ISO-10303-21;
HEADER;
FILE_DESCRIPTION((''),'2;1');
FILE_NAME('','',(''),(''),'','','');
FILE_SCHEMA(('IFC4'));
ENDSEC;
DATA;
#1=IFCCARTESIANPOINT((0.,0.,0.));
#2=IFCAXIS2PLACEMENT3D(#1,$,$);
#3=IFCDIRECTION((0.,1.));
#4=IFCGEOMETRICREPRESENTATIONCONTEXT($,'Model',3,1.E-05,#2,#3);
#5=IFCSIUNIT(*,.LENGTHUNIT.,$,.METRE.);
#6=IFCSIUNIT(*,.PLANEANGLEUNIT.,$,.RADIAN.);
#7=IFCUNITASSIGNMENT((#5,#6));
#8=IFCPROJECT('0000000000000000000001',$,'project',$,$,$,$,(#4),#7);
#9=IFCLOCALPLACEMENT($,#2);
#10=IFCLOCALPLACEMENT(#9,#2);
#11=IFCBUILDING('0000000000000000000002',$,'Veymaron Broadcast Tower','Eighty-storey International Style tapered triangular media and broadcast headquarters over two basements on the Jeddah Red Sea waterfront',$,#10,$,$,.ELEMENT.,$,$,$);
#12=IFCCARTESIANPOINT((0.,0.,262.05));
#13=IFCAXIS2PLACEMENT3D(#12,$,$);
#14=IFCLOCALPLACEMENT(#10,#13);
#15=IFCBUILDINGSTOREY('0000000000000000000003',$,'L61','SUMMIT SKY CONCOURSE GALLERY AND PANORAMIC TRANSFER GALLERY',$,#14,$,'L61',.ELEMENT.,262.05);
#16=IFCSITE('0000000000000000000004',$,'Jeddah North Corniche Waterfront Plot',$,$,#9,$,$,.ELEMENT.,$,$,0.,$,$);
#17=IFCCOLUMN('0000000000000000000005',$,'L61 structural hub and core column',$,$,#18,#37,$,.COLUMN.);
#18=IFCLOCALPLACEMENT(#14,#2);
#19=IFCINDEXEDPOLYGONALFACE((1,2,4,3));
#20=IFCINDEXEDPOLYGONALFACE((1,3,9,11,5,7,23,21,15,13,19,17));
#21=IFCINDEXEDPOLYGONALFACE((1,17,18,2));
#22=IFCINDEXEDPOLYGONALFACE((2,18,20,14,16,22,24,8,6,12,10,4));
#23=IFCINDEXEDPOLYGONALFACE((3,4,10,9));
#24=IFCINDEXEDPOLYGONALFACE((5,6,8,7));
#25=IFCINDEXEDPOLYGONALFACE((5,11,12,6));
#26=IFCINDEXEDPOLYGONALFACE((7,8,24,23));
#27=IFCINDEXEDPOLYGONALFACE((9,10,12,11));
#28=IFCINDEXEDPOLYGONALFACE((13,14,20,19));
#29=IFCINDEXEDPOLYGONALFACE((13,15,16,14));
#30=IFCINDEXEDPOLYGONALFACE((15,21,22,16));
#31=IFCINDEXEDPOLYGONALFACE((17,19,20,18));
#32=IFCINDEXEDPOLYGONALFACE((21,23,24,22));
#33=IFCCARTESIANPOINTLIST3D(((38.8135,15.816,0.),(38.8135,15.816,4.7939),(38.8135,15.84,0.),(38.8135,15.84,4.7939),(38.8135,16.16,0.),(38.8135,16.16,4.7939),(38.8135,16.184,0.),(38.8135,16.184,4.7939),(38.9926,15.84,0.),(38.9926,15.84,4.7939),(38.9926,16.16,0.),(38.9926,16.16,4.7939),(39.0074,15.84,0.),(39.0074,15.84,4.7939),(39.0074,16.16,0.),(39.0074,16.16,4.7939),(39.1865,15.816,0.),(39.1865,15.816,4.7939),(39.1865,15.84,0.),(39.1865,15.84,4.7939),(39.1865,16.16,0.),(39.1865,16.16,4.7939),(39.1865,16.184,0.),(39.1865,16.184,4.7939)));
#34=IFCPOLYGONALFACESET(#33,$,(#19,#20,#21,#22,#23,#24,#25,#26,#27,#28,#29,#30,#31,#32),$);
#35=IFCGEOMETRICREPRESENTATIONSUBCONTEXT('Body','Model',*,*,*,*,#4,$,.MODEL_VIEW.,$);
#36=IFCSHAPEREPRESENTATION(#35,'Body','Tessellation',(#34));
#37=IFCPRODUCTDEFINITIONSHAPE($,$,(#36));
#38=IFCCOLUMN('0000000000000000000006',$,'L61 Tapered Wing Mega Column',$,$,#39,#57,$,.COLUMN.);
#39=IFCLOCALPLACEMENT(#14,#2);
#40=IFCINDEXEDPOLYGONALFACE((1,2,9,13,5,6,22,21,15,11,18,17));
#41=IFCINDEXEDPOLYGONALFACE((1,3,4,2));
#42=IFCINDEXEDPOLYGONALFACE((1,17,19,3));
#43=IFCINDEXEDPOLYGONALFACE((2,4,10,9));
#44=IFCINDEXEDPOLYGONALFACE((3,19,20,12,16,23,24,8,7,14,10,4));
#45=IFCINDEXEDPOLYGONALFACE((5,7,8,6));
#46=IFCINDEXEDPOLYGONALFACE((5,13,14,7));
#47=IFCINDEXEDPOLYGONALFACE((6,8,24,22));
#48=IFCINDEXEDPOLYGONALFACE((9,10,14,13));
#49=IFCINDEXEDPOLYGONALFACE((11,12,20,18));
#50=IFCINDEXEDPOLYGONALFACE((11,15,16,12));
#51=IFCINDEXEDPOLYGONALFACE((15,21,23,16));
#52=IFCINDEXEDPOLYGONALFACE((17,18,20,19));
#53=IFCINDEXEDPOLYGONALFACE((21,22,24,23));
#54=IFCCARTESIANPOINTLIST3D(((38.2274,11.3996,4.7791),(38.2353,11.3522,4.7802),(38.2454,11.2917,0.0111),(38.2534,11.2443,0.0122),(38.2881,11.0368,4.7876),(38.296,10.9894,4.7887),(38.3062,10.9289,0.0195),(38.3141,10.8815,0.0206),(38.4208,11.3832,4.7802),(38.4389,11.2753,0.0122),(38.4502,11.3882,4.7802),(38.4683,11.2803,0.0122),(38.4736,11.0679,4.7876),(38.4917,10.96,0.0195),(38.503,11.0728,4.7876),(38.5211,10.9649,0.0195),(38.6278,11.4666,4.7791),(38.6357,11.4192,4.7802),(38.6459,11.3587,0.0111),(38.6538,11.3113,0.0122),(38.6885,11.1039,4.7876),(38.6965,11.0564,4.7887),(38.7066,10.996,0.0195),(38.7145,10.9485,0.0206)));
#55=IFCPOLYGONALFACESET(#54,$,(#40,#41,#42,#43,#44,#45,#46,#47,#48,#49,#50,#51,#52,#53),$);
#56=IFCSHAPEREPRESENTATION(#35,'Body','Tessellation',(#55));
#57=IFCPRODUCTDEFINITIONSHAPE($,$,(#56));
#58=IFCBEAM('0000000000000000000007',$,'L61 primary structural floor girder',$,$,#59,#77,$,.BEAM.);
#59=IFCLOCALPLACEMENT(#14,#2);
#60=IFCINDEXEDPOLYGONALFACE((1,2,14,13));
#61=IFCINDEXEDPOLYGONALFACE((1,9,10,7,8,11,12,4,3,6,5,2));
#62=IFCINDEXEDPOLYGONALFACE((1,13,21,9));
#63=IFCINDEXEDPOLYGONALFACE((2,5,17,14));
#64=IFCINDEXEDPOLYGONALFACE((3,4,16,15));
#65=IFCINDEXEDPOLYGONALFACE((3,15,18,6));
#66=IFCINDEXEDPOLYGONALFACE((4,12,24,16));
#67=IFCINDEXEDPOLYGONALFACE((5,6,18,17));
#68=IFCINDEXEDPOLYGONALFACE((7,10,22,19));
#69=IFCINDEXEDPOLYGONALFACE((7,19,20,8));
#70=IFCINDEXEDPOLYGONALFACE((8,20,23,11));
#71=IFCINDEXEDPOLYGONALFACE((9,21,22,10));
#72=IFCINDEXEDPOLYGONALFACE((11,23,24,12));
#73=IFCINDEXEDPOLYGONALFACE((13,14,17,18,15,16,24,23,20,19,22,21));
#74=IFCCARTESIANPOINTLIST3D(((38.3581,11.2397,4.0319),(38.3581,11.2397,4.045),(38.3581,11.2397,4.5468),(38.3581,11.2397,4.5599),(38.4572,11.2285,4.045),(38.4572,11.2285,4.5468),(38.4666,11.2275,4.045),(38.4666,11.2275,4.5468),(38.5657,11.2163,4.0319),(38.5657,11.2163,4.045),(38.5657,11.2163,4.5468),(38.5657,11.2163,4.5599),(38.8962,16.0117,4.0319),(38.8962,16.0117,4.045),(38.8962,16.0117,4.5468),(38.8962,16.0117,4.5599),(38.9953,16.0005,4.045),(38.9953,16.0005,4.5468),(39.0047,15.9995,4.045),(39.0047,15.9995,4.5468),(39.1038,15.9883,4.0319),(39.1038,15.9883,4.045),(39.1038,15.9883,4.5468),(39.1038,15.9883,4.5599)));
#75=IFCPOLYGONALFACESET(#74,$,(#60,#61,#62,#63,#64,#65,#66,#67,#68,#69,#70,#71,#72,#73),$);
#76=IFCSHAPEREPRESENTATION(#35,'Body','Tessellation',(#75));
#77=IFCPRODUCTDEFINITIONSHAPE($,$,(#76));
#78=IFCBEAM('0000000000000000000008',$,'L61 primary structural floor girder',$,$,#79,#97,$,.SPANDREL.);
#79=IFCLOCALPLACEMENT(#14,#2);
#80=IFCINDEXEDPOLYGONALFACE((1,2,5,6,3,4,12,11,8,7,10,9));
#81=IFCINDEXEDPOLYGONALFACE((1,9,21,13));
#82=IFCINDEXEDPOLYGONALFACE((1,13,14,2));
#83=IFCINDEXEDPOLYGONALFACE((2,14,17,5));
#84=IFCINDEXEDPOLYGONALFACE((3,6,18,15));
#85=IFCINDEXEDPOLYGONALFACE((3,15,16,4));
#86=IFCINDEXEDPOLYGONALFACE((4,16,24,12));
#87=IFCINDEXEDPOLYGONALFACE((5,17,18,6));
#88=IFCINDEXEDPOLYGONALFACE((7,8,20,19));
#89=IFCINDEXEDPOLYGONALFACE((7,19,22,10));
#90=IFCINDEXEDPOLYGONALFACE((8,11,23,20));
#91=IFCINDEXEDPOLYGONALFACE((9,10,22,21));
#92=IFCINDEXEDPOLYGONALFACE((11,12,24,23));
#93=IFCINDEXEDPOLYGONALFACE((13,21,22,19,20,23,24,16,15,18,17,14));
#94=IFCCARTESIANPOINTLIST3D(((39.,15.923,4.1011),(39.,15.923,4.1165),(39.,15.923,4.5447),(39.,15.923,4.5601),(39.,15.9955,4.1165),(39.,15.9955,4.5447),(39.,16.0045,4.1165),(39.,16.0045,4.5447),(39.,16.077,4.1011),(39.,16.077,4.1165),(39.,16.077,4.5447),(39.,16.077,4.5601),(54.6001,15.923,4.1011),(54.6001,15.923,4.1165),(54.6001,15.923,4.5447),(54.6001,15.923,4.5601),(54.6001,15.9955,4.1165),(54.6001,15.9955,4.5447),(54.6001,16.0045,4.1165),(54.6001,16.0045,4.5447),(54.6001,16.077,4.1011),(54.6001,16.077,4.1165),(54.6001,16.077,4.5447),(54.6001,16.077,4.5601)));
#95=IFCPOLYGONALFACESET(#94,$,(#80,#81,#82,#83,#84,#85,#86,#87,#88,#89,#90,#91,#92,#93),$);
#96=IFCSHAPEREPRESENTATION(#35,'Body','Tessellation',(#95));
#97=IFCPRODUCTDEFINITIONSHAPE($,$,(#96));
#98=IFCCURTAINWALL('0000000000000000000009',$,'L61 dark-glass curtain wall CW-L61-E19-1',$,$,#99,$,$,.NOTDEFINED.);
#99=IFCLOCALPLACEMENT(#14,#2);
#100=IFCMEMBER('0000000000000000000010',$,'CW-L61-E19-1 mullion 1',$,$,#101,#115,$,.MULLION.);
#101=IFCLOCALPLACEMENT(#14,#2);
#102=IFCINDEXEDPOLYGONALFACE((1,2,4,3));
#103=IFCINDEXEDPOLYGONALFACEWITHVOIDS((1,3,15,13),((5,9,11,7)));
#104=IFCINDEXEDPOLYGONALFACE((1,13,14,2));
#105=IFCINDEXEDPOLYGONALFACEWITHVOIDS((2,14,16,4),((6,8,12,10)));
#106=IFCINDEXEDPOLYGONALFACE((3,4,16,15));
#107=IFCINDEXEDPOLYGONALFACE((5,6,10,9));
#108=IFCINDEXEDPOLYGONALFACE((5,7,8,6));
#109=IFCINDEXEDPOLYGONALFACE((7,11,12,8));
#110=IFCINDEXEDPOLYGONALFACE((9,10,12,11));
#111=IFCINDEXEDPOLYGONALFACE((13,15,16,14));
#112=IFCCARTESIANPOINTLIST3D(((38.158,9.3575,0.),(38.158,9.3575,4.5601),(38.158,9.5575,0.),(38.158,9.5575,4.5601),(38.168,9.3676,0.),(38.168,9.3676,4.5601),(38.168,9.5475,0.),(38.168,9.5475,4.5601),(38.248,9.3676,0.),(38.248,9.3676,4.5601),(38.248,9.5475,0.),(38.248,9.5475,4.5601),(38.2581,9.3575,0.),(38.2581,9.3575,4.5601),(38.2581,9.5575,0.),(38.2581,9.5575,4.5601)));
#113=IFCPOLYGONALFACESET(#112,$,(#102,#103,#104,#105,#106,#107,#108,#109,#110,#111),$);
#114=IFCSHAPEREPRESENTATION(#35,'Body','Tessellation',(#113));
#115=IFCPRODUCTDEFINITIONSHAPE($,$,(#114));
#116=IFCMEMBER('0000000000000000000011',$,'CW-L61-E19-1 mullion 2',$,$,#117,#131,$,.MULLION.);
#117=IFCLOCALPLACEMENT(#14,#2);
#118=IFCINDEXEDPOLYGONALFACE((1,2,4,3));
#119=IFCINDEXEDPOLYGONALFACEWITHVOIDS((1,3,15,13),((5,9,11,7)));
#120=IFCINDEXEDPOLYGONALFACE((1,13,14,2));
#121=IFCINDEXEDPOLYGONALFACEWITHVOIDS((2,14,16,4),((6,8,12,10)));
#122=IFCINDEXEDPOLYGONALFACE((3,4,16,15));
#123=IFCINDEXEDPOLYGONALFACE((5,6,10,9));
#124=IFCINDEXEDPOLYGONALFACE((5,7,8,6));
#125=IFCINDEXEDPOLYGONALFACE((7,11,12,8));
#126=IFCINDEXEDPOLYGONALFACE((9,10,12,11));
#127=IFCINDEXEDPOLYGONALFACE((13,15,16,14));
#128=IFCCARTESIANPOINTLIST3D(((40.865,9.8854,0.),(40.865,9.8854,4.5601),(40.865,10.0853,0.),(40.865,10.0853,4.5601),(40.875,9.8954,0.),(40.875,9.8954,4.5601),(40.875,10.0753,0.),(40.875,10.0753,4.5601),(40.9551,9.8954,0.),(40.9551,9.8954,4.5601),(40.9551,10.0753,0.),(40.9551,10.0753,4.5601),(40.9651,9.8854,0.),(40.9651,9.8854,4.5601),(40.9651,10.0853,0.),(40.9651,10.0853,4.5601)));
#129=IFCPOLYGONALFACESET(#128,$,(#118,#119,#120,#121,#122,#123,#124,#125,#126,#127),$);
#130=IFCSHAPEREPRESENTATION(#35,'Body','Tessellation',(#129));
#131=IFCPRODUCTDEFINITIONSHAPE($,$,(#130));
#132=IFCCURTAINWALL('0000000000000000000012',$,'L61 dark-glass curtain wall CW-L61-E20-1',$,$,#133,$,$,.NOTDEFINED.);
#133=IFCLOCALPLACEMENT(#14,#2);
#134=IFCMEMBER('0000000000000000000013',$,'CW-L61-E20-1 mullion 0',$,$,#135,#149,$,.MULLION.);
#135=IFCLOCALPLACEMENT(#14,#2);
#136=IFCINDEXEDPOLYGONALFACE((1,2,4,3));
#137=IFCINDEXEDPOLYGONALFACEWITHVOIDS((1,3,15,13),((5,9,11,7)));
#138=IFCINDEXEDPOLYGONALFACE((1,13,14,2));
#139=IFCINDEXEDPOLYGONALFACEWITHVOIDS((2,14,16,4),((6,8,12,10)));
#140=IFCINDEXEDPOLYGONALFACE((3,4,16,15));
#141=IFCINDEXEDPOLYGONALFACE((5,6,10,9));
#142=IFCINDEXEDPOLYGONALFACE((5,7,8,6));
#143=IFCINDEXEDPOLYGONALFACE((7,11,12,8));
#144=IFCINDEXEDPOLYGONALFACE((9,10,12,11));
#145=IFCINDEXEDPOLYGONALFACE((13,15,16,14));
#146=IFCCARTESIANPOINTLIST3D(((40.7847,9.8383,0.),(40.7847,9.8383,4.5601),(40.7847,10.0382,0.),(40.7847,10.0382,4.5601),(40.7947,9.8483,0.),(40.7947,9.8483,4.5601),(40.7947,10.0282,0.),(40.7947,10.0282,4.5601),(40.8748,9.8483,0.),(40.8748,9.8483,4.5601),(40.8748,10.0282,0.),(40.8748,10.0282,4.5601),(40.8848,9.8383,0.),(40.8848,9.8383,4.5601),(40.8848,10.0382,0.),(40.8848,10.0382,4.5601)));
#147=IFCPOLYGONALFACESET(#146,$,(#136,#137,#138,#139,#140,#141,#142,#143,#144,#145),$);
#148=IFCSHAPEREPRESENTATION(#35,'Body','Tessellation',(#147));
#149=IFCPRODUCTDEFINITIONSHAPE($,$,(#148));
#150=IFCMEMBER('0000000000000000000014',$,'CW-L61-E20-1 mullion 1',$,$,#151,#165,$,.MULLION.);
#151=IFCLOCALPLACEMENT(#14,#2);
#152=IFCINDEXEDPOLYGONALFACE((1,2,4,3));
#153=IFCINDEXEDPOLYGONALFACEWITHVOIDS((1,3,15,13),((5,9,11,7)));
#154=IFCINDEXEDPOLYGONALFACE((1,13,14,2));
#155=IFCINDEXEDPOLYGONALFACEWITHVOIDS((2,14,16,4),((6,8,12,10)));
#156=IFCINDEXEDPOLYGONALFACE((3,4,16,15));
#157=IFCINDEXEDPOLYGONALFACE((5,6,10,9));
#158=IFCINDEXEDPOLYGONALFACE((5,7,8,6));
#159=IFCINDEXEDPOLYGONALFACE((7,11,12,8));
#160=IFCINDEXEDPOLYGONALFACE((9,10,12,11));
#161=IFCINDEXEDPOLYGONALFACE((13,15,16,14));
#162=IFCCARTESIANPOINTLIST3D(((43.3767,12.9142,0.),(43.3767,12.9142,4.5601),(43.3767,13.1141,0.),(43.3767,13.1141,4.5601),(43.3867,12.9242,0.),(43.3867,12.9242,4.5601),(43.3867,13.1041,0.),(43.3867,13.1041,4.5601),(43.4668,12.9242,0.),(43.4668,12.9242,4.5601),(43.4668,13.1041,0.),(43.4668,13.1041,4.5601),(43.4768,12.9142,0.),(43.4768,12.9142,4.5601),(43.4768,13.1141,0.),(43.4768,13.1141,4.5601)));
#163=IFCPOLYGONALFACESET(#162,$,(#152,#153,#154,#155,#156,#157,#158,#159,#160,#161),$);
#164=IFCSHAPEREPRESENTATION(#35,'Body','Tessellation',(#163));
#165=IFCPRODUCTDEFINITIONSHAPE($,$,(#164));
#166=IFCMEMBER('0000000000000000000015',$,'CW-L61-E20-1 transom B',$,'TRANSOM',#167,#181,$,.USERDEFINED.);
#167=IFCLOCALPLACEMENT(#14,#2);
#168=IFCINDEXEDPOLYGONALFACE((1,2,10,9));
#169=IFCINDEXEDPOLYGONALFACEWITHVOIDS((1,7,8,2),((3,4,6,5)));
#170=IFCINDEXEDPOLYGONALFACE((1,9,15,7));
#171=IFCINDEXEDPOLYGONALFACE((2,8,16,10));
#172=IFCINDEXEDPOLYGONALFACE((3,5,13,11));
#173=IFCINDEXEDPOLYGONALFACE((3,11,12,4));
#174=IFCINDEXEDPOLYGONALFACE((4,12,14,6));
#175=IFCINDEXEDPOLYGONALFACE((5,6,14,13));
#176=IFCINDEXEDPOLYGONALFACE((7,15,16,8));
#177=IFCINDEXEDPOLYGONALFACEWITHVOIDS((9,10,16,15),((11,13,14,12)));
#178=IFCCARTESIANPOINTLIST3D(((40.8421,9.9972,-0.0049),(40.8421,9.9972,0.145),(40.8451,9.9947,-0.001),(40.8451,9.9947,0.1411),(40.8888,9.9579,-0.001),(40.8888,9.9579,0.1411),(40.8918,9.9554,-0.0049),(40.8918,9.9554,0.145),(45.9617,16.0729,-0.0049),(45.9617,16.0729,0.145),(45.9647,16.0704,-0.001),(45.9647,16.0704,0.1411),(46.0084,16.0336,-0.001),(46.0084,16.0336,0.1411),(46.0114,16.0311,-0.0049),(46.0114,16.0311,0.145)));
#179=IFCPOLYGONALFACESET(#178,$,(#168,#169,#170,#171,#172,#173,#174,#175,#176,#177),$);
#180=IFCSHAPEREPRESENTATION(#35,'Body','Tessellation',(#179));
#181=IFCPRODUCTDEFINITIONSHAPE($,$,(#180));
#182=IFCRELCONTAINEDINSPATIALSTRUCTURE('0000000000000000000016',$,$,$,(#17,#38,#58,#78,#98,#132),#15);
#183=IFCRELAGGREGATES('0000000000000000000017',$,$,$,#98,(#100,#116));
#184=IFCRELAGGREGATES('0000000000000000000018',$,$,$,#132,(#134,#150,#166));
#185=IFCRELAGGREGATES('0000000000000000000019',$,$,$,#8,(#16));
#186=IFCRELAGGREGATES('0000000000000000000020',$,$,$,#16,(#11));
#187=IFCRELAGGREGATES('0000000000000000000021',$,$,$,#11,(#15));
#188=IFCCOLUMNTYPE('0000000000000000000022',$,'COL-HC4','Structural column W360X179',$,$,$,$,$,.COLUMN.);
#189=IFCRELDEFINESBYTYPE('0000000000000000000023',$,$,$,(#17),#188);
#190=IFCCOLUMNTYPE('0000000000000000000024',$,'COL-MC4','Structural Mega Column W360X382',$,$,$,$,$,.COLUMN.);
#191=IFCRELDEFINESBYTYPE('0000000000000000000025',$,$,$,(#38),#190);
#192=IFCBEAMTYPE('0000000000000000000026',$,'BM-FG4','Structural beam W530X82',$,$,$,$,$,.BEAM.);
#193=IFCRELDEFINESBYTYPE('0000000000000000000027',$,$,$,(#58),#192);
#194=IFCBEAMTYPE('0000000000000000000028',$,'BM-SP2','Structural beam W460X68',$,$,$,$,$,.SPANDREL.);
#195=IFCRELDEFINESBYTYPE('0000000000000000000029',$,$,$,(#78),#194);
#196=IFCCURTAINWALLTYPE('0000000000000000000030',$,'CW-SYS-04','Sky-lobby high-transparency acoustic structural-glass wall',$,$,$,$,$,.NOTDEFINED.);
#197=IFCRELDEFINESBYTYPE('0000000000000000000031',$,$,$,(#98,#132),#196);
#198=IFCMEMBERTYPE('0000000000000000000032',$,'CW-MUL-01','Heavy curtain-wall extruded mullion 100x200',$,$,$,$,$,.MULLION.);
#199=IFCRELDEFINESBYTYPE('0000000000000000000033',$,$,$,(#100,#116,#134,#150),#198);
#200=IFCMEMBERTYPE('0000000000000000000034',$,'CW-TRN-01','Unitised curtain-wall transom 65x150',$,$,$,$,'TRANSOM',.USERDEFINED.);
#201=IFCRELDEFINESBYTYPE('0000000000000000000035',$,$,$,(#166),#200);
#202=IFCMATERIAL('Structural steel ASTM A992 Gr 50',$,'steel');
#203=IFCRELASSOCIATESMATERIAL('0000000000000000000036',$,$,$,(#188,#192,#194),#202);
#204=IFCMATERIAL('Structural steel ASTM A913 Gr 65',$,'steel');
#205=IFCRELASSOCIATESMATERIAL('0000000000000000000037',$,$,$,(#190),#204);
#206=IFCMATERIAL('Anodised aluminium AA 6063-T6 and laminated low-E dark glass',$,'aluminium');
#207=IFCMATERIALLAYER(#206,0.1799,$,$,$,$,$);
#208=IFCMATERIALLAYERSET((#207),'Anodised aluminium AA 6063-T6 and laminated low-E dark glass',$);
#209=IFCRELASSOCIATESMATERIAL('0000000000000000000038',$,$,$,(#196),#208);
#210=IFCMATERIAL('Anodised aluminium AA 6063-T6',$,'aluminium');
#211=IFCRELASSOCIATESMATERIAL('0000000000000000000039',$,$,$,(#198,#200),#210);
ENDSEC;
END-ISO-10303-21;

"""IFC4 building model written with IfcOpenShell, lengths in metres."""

from ifc_helpers import new_model, si_unit, direction, frame, origin, origin_2d, place, context, subcontext, project, spatial, hollow_rectangle, i_section, extrude, material, layer, layer_set, material_profile, profile_set, type_object, element, aggregate, save


model = new_model("IFC4")

# Units and contexts
model_context = context("Model", 3, precision=1e-05, world=origin(), true_north=direction((0.0, 1.0)))
body_context = subcontext(model_context, "Body", "Model", "MODEL_VIEW")
ifc_project = project(units=[si_unit("LENGTHUNIT", "METRE"), si_unit("PLANEANGLEUNIT", "RADIAN")], contexts=[model_context])

# Site, building, storey
site_placement = place(None, origin())
site = spatial("IfcSite", under=ifc_project, at=site_placement, Name="Jeddah North Corniche Waterfront Plot", CompositionType="ELEMENT", RefElevation=0.0)
building_placement = place(site_placement, origin())
building = spatial("IfcBuilding", under=site, at=building_placement, Name="Veymaron Broadcast Tower", Description="Eighty-storey International Style tapered triangular media and broadcast headquarters over two basements on the Jeddah Red Sea waterfront", CompositionType="ELEMENT")
storey_placement = place(building_placement, frame((0.0, 0.0, 262.05)))
storey = spatial("IfcBuildingStorey", under=building, at=storey_placement, Name="L61", Description="SUMMIT SKY CONCOURSE GALLERY AND PANORAMIC TRANSFER GALLERY", LongName="L61", CompositionType="ELEMENT", Elevation=262.05)

# Columns
ifc_material_1 = material(Name="Structural steel ASTM A992 Gr 50", Category="steel")
ifc_material_profile_1 = material_profile(ifc_material_1, i_section(OverallWidth=0.373, OverallDepth=0.3679, WebThickness=0.0149, FlangeThickness=0.0239, at=origin_2d()), Name="W360X179")
ifc_profile_set_1 = profile_set([ifc_material_profile_1], Name="Structural steel ASTM A992 Gr 50")
column_type_1 = type_object("IfcColumnType", Name="COL-HC4", Description="Structural column W360X179", PredefinedType="COLUMN", material=ifc_profile_set_1)
column_1_placement = place(storey_placement, frame((39.0, 16.0, 0.0), z_axis=(0.0, 0.0, 1.0), x_axis=(1.0, 0.0, 0.0)))
element("IfcColumn", 1, at=column_1_placement, inside=storey, type_object=column_type_1, Name="L61 structural hub and core column", PredefinedType="COLUMN", context=body_context, shape_type="SweptSolid", body=[
    extrude(i_section(OverallWidth=0.373, OverallDepth=0.3679, WebThickness=0.0149, FlangeThickness=0.0239, at=origin_2d()), origin(), (0.0, 0.0, 1.0), 4.7939),
])
ifc_material_2 = material(Name="Structural steel ASTM A913 Gr 65", Category="steel")
ifc_material_profile_2 = material_profile(ifc_material_2, i_section(OverallWidth=0.406, OverallDepth=0.416, WebThickness=0.0298, FlangeThickness=0.0481, at=origin_2d()), Name="W360X382")
ifc_profile_set_2 = profile_set([ifc_material_profile_2], Name="Structural steel ASTM A913 Gr 65")
column_type_2 = type_object("IfcColumnType", Name="COL-MC4", Description="Structural Mega Column W360X382", PredefinedType="COLUMN", material=ifc_profile_set_2)
column_2_placement = place(storey_placement, frame((38.48, 11.1201, 0.0159), z_axis=(-0.003788, 0.022626, 0.999737), x_axis=(-0.986273, -0.165123, 0.0)))
element("IfcColumn", 2, at=column_2_placement, inside=storey, type_object=column_type_2, Name="L61 Tapered Wing Mega Column", PredefinedType="COLUMN", context=body_context, shape_type="SweptSolid", body=[
    extrude(i_section(OverallWidth=0.406, OverallDepth=0.416, WebThickness=0.0298, FlangeThickness=0.0481, at=origin_2d()), origin(), (0.0, 0.0, 1.0), 4.7693),
])

# Beams
ifc_material_profile_3 = material_profile(ifc_material_1, i_section(OverallWidth=0.209, OverallDepth=0.5281, WebThickness=0.0095, FlangeThickness=0.0132, at=origin_2d()), Name="W530X82")
ifc_profile_set_3 = profile_set([ifc_material_profile_3], Name="Structural steel ASTM A992 Gr 50")
beam_type_1 = type_object("IfcBeamType", Name="BM-FG4", Description="Structural beam W530X82", PredefinedType="BEAM", material=ifc_profile_set_3)
beam_1_placement = place(storey_placement, frame((39.0, 16.0, 4.2959), z_axis=(-0.11205, -0.993703, 0.0), x_axis=(0.993703, -0.11205, 0.0)))
element("IfcBeam", 3, at=beam_1_placement, inside=storey, type_object=beam_type_1, Name="L61 primary structural floor girder", PredefinedType="BEAM", context=body_context, shape_type="SweptSolid", body=[
    extrude(i_section(OverallWidth=0.209, OverallDepth=0.5281, WebThickness=0.0095, FlangeThickness=0.0132, at=origin_2d()), origin(), (0.0, 0.0, 1.0), 4.8022),
])
ifc_material_profile_4 = material_profile(ifc_material_1, i_section(OverallWidth=0.1541, OverallDepth=0.459, WebThickness=0.009, FlangeThickness=0.0154, at=origin_2d()), Name="W460X68")
ifc_profile_set_4 = profile_set([ifc_material_profile_4], Name="Structural steel ASTM A992 Gr 50")
beam_type_2 = type_object("IfcBeamType", Name="BM-SP2", Description="Structural beam W460X68", PredefinedType="SPANDREL", material=ifc_profile_set_4)
beam_2_placement = place(storey_placement, frame((39.0, 16.0, 4.3306), z_axis=(1.0, 0.0, 0.0), x_axis=(0.0, 1.0, 0.0)))
element("IfcBeam", 4, at=beam_2_placement, inside=storey, type_object=beam_type_2, Name="L61 primary structural floor girder", PredefinedType="SPANDREL", context=body_context, shape_type="SweptSolid", body=[
    extrude(i_section(OverallWidth=0.1541, OverallDepth=0.459, WebThickness=0.009, FlangeThickness=0.0154, at=origin_2d()), origin(), (0.0, 0.0, 1.0), 15.6001),
])

# Curtain walls, members
ifc_material_3 = material(Name="Anodised aluminium AA 6063-T6 and laminated low-E dark glass", Category="aluminium")
ifc_layer_1 = layer(ifc_material_3, 0.1799)
ifc_layer_set_1 = layer_set([ifc_layer_1], Name="Anodised aluminium AA 6063-T6 and laminated low-E dark glass")
curtain_wall_type = type_object("IfcCurtainWallType", Name="CW-SYS-04", Description="Sky-lobby high-transparency acoustic structural-glass wall", PredefinedType="NOTDEFINED", material=ifc_layer_set_1)
curtain_wall_1_placement = place(storey_placement, origin())
curtain_wall_1 = element("IfcCurtainWall", 5, at=curtain_wall_1_placement, inside=storey, type_object=curtain_wall_type, Name="L61 dark-glass curtain wall CW-L61-E19-1", PredefinedType="NOTDEFINED")
ifc_material_4 = material(Name="Anodised aluminium AA 6063-T6", Category="aluminium")
ifc_material_profile_5 = material_profile(ifc_material_4, hollow_rectangle(XDim=0.1001, YDim=0.2, WallThickness=0.01, at=origin_2d()), Name="RHS200X100X10")
ifc_profile_set_5 = profile_set([ifc_material_profile_5], Name="Anodised aluminium AA 6063-T6")
member_type_1 = type_object("IfcMemberType", Name="CW-MUL-01", Description="Heavy curtain-wall extruded mullion 100x200", PredefinedType="MULLION", material=ifc_profile_set_5)
member_1_placement = place(storey_placement, frame((38.208, 9.4575, 0.0), z_axis=(0.0, 0.0, 1.0), x_axis=(1.0, 0.0, 0.0)))
member_1 = element("IfcMember", 6, at=member_1_placement, type_object=member_type_1, Name="CW-L61-E19-1 mullion 1", PredefinedType="MULLION", context=body_context, shape_type="SweptSolid", body=[
    extrude(hollow_rectangle(XDim=0.1001, YDim=0.2, WallThickness=0.01, at=origin_2d()), origin(), (0.0, 0.0, 1.0), 4.5601),
])
member_2_placement = place(storey_placement, frame((40.915, 9.9854, 0.0), z_axis=(0.0, 0.0, 1.0), x_axis=(1.0, 0.0, 0.0)))
member_2 = element("IfcMember", 7, at=member_2_placement, type_object=member_type_1, Name="CW-L61-E19-1 mullion 2", PredefinedType="MULLION", context=body_context, shape_type="SweptSolid", body=[
    extrude(hollow_rectangle(XDim=0.1001, YDim=0.2, WallThickness=0.01, at=origin_2d()), origin(), (0.0, 0.0, 1.0), 4.5601),
])
curtain_wall_2_placement = place(storey_placement, origin())
curtain_wall_2 = element("IfcCurtainWall", 8, at=curtain_wall_2_placement, inside=storey, type_object=curtain_wall_type, Name="L61 dark-glass curtain wall CW-L61-E20-1", PredefinedType="NOTDEFINED")
member_3_placement = place(storey_placement, frame((40.8347, 9.9382, 0.0), z_axis=(0.0, 0.0, 1.0), x_axis=(1.0, 0.0, 0.0)))
member_3 = element("IfcMember", 9, at=member_3_placement, type_object=member_type_1, Name="CW-L61-E20-1 mullion 0", PredefinedType="MULLION", context=body_context, shape_type="SweptSolid", body=[
    extrude(hollow_rectangle(XDim=0.1001, YDim=0.2, WallThickness=0.01, at=origin_2d()), origin(), (0.0, 0.0, 1.0), 4.5601),
])
member_4_placement = place(storey_placement, frame((43.4268, 13.0142, 0.0), z_axis=(0.0, 0.0, 1.0), x_axis=(1.0, 0.0, 0.0)))
member_4 = element("IfcMember", 10, at=member_4_placement, type_object=member_type_1, Name="CW-L61-E20-1 mullion 1", PredefinedType="MULLION", context=body_context, shape_type="SweptSolid", body=[
    extrude(hollow_rectangle(XDim=0.1001, YDim=0.2, WallThickness=0.01, at=origin_2d()), origin(), (0.0, 0.0, 1.0), 4.5601),
])
ifc_material_profile_6 = material_profile(ifc_material_4, hollow_rectangle(XDim=0.0649, YDim=0.1499, WallThickness=0.0039, at=origin_2d()), Name="AL150X65X4")
ifc_profile_set_6 = profile_set([ifc_material_profile_6], Name="Anodised aluminium AA 6063-T6")
member_type_2 = type_object("IfcMemberType", Name="CW-TRN-01", Description="Unitised curtain-wall transom 65x150", ElementType="TRANSOM", PredefinedType="USERDEFINED", material=ifc_profile_set_6)
member_5_placement = place(storey_placement, frame((40.8669, 9.9763, 0.0701), z_axis=(0.644376, 0.764709, 0.0), x_axis=(-0.764709, 0.644376, 0.0)))
member_5 = element("IfcMember", 11, at=member_5_placement, type_object=member_type_2, Name="CW-L61-E20-1 transom B", ObjectType="TRANSOM", PredefinedType="USERDEFINED", context=body_context, shape_type="SweptSolid", body=[
    extrude(hollow_rectangle(XDim=0.0649, YDim=0.1499, WallThickness=0.0039, at=origin_2d()), origin(), (0.0, 0.0, 1.0), 7.9451),
])

aggregate(curtain_wall_1, [member_1, member_2])
aggregate(curtain_wall_2, [member_3, member_4, member_5])

save(model, "model.ifc")
